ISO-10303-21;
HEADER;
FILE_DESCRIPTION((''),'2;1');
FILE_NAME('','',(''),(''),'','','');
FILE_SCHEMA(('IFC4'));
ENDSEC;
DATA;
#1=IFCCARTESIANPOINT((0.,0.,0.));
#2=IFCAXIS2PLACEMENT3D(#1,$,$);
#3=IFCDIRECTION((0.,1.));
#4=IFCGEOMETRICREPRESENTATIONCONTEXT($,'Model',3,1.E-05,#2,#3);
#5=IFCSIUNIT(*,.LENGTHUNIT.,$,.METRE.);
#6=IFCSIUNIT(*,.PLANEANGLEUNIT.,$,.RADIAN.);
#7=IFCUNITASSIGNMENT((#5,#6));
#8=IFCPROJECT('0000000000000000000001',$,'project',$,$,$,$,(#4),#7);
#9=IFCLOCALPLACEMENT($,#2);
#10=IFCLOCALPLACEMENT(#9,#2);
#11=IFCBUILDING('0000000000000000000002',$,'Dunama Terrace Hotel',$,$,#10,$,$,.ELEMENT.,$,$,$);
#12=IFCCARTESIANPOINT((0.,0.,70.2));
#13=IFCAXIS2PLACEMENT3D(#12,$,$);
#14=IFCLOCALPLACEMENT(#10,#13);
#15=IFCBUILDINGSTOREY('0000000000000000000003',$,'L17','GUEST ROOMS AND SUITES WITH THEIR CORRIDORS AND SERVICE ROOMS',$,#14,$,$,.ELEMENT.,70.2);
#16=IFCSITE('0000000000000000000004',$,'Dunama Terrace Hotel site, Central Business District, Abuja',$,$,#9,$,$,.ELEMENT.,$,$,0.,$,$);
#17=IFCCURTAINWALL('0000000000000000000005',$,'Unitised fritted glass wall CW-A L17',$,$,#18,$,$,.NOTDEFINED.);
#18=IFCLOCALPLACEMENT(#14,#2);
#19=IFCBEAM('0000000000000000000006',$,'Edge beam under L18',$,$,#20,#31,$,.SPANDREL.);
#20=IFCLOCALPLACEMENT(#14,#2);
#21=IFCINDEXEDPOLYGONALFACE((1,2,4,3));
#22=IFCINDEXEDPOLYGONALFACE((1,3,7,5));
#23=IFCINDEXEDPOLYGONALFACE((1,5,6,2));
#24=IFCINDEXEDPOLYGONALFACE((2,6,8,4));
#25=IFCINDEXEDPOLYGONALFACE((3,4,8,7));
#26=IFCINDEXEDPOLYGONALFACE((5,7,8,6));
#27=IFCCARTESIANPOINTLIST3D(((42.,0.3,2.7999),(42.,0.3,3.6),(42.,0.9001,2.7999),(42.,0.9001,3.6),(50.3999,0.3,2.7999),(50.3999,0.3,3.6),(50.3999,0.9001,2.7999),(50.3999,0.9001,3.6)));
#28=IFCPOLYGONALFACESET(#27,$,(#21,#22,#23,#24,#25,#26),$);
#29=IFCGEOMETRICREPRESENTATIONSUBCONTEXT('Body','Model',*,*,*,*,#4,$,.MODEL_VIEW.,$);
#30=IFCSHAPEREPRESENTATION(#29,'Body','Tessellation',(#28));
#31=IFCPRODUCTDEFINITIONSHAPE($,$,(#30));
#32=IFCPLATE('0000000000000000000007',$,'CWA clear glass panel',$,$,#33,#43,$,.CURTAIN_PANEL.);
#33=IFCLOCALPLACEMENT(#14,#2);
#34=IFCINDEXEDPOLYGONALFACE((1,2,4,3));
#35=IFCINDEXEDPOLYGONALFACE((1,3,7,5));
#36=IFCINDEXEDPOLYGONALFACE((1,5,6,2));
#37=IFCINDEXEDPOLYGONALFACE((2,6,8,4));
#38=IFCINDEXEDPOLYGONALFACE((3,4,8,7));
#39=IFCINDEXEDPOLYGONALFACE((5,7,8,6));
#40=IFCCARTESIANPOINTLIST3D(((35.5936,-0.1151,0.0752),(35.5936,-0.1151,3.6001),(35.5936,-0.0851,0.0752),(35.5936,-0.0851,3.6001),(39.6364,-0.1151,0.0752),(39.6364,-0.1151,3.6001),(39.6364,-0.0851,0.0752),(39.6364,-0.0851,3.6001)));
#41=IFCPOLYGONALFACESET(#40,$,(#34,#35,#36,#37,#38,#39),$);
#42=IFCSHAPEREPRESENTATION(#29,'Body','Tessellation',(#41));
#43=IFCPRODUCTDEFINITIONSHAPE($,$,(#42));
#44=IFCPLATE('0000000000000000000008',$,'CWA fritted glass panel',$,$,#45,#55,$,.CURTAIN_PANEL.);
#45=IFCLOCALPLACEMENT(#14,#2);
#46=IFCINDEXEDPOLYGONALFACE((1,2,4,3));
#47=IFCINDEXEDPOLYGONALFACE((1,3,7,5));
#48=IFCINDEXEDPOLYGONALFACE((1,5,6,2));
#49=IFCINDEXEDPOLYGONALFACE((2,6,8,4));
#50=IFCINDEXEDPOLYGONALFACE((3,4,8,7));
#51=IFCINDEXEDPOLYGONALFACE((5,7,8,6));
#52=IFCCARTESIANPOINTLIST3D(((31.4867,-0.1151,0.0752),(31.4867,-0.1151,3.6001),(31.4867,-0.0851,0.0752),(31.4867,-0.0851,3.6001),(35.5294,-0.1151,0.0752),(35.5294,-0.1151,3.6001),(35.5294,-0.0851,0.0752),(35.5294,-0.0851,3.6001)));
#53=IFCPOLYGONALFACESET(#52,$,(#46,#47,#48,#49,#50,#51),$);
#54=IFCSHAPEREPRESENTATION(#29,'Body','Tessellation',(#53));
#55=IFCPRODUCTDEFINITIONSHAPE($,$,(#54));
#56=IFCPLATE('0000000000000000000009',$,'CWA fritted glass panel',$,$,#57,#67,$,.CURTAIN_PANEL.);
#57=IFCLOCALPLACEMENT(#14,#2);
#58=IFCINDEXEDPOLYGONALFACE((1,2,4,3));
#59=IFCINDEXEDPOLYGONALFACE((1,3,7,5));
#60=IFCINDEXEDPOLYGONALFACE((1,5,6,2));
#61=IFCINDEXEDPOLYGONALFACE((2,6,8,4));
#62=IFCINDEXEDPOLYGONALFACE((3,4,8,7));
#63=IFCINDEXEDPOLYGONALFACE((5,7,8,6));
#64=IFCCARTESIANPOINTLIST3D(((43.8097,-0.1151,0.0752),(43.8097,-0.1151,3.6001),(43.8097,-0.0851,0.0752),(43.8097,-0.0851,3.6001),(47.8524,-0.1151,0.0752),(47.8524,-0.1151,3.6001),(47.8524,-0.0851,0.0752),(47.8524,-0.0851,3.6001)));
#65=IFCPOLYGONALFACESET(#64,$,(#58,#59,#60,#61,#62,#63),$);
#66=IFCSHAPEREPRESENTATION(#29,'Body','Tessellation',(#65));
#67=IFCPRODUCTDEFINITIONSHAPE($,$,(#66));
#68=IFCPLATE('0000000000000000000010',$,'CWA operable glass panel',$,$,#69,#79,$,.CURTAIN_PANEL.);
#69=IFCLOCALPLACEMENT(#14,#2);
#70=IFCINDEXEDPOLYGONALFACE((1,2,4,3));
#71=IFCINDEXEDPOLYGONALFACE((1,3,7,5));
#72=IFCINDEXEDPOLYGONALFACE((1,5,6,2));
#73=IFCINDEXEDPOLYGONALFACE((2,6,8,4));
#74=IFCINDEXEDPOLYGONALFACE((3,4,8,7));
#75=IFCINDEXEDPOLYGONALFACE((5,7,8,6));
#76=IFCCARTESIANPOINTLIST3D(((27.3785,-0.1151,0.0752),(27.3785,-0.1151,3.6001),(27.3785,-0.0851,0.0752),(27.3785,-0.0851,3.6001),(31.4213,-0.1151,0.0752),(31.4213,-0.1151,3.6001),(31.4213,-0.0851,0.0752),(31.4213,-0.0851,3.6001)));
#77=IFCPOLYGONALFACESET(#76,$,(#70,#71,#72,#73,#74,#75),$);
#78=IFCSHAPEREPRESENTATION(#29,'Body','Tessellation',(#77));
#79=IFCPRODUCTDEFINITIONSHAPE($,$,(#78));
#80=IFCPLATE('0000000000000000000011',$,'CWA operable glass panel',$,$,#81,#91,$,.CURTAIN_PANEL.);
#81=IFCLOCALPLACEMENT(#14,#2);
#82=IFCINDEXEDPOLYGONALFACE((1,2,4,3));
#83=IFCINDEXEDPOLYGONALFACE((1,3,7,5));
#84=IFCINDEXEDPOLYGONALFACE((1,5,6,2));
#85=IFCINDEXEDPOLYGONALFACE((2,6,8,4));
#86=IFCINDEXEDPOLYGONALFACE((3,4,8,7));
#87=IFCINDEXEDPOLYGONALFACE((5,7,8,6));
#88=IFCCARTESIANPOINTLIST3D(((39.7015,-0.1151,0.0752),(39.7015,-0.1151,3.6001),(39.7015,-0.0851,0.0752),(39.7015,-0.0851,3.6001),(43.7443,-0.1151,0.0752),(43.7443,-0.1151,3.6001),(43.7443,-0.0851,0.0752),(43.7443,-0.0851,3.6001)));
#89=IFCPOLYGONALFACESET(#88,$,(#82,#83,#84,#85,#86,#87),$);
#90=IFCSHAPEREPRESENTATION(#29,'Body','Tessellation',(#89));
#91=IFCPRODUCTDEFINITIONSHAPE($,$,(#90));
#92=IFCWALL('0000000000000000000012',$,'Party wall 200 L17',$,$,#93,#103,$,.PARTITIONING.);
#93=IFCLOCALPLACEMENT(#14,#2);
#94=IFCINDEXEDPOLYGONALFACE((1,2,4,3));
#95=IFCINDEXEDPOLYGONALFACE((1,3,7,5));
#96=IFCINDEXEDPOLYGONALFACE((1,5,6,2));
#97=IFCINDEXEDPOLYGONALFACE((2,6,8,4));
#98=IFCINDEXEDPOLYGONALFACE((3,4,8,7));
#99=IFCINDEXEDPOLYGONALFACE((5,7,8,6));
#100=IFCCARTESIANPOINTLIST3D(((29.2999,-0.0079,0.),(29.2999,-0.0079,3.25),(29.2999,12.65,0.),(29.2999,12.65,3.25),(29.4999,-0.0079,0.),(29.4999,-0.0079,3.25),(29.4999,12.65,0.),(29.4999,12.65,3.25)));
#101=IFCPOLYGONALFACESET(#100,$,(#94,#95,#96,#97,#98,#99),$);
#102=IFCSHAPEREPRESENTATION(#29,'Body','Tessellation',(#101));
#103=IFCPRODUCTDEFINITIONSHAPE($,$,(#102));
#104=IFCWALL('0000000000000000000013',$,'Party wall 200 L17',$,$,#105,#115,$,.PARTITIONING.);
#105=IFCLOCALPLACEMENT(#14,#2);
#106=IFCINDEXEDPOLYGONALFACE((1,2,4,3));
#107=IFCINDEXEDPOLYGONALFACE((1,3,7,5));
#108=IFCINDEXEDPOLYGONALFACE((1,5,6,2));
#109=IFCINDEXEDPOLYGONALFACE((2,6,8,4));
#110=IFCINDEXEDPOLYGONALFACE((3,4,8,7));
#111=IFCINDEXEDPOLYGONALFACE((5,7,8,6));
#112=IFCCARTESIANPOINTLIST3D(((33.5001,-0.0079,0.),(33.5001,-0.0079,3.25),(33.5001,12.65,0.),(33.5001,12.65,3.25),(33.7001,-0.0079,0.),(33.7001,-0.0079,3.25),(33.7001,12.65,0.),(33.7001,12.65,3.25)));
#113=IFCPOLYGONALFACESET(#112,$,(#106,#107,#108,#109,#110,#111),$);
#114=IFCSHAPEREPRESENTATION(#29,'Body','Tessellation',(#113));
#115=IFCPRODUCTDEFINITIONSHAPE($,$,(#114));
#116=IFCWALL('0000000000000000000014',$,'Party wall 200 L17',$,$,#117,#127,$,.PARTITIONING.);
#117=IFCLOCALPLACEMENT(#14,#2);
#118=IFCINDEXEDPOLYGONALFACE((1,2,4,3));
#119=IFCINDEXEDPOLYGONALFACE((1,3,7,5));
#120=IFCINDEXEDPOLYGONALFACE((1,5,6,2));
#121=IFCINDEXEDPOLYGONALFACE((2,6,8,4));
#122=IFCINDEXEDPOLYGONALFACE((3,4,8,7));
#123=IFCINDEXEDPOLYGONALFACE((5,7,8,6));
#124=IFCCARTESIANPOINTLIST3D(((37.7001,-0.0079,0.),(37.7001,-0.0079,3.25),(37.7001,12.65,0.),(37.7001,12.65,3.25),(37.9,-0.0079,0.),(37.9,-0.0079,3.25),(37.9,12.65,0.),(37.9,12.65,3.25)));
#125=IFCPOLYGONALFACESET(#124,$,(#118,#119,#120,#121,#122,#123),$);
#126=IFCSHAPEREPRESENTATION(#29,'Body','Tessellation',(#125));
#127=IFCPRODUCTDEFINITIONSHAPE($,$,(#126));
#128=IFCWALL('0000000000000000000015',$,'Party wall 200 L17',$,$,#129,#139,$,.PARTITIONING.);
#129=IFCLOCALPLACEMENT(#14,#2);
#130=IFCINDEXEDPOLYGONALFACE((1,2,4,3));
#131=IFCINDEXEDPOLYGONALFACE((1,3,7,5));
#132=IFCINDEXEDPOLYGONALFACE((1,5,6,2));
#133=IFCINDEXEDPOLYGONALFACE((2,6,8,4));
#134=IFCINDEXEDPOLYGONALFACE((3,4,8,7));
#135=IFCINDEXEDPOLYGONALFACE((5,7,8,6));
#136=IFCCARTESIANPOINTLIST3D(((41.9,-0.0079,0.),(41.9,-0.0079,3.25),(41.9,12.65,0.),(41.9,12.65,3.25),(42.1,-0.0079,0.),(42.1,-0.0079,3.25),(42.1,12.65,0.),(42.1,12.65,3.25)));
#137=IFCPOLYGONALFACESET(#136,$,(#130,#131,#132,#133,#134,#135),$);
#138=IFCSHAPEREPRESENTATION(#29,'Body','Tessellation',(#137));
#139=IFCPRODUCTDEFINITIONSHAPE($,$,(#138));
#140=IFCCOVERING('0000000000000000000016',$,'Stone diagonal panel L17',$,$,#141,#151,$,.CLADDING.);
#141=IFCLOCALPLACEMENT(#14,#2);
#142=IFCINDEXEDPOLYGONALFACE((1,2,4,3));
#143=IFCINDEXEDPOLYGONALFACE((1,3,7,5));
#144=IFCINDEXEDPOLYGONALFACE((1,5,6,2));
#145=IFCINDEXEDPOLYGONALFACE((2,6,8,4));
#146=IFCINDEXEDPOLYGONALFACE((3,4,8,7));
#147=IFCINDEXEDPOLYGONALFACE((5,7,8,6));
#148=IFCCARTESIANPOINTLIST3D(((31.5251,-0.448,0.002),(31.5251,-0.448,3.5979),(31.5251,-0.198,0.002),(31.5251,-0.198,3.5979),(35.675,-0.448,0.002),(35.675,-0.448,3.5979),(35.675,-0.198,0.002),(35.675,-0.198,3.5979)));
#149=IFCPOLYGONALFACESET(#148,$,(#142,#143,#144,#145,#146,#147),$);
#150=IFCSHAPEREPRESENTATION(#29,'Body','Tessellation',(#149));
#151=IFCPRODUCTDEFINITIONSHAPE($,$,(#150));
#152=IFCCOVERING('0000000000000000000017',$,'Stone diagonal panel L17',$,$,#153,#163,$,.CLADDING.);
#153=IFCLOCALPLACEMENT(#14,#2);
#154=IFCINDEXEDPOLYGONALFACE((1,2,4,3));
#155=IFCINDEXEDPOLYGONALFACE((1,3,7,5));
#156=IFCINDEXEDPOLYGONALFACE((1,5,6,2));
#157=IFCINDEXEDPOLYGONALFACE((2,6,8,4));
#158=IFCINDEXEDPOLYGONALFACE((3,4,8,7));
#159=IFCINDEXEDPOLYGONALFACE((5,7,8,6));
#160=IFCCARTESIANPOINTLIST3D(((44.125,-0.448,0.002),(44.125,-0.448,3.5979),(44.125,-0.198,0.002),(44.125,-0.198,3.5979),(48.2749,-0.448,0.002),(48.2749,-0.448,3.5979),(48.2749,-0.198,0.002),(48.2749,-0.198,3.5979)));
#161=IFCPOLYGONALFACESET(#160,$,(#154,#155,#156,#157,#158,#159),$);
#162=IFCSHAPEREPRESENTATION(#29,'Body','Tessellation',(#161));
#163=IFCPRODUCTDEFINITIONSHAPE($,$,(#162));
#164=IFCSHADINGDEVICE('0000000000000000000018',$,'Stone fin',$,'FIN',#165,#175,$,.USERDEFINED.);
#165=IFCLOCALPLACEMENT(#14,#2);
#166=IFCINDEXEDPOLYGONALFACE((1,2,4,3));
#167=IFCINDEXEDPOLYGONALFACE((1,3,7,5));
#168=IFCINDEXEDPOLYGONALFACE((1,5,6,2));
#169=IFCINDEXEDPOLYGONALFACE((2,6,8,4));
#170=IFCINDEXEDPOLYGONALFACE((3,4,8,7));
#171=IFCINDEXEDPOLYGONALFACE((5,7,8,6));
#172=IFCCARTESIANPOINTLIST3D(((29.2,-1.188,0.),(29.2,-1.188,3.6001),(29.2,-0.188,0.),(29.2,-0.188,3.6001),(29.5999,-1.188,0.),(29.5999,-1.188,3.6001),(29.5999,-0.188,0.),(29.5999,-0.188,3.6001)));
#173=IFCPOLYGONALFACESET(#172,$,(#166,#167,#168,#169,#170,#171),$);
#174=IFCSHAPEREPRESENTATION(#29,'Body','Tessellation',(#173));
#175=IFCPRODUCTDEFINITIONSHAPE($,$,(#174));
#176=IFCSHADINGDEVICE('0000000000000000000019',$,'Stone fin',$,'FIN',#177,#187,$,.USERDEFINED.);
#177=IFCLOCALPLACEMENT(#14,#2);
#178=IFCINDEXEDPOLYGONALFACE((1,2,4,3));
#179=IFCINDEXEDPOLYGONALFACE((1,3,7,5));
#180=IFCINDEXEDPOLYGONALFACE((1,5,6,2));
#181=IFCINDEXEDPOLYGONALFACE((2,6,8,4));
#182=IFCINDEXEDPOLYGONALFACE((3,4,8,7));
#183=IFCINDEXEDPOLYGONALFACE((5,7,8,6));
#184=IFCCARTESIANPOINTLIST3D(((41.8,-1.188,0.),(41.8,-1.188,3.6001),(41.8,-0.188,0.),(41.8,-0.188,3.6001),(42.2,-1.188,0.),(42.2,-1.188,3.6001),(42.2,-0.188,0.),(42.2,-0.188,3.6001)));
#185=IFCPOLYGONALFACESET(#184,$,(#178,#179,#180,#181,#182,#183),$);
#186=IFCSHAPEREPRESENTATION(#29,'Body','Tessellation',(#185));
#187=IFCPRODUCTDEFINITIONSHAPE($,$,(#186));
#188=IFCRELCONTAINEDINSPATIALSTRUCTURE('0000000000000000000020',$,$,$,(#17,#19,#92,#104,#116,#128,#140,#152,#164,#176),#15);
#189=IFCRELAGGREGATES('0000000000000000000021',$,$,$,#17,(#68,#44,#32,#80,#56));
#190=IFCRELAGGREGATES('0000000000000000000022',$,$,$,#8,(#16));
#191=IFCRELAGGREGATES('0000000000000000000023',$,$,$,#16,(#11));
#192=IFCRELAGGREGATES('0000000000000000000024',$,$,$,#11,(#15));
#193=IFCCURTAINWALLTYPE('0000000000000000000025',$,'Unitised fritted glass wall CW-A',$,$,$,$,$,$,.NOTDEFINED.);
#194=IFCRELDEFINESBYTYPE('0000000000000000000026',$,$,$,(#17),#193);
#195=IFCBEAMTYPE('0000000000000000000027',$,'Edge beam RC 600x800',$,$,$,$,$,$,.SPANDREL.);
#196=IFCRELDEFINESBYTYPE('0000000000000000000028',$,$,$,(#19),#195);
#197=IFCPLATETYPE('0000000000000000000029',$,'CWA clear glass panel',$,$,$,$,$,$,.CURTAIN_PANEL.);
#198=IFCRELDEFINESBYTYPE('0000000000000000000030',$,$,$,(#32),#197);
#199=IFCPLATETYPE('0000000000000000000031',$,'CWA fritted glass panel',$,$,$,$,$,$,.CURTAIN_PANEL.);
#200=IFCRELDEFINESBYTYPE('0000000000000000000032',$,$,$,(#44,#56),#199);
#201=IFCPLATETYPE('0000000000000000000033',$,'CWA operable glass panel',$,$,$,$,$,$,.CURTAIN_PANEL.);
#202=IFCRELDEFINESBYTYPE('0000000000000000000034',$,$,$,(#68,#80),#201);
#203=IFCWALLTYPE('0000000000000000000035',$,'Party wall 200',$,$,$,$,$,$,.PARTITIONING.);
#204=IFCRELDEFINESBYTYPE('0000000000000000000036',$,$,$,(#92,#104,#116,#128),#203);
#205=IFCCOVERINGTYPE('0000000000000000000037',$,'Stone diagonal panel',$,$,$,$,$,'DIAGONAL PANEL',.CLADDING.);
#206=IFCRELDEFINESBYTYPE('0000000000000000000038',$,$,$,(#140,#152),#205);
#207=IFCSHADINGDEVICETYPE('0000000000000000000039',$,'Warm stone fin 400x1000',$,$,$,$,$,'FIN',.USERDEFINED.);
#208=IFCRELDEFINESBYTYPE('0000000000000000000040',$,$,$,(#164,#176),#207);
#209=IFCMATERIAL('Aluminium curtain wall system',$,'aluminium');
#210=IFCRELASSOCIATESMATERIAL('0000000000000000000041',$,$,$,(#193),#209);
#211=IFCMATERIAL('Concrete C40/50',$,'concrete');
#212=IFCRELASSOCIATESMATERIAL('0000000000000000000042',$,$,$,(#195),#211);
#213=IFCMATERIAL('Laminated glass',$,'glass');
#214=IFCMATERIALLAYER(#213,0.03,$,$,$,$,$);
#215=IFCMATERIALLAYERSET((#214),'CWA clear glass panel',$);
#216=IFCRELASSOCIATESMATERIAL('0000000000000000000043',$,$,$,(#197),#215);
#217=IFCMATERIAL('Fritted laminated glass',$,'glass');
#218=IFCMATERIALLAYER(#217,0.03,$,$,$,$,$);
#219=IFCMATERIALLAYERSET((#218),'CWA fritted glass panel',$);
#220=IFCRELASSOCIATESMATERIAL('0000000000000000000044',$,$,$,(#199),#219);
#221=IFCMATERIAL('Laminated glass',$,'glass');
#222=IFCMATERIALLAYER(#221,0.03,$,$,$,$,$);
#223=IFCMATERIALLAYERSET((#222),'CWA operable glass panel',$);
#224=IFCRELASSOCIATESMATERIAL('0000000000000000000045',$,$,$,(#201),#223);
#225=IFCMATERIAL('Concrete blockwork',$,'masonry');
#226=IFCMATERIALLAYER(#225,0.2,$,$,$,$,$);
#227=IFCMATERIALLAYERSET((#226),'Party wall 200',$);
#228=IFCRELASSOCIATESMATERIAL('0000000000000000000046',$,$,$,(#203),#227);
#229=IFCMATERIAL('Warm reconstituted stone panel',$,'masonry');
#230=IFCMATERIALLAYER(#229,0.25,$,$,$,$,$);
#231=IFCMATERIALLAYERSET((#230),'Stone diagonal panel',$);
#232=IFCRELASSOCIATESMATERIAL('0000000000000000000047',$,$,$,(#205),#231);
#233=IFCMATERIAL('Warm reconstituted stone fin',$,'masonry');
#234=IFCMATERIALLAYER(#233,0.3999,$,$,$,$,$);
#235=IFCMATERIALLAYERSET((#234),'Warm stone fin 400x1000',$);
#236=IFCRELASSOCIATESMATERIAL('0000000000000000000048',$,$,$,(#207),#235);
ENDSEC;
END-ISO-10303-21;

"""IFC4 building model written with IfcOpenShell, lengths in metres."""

from ifc_helpers import new_model, si_unit, direction, frame, frame_2d, origin, origin_2d, place, context, subcontext, project, spatial, rectangle, extrude, material, layer, layer_set, material_profile, profile_set, type_object, element, aggregate, save


model = new_model("IFC4")

# Units and contexts
model_context = context("Model", 3, precision=1e-05, world=origin(), true_north=direction((0.0, 1.0)))
body_context = subcontext(model_context, "Body", "Model", "MODEL_VIEW")
ifc_project = project(units=[si_unit("LENGTHUNIT", "METRE"), si_unit("PLANEANGLEUNIT", "RADIAN")], contexts=[model_context])

# Site, building, storey
site_placement = place(None, origin())
site = spatial("IfcSite", under=ifc_project, at=site_placement, Name="Dunama Terrace Hotel site, Central Business District, Abuja", CompositionType="ELEMENT", RefElevation=0.0)
building_placement = place(site_placement, origin())
building = spatial("IfcBuilding", under=site, at=building_placement, Name="Dunama Terrace Hotel", CompositionType="ELEMENT")
storey_placement = place(building_placement, frame((0.0, 0.0, 70.2)))
storey = spatial("IfcBuildingStorey", under=building, at=storey_placement, Name="L17", Description="GUEST ROOMS AND SUITES WITH THEIR CORRIDORS AND SERVICE ROOMS", CompositionType="ELEMENT", Elevation=70.2)

# Curtain wall
ifc_material_1 = material(Name="Aluminium curtain wall system", Category="aluminium")
curtain_wall_type = type_object("IfcCurtainWallType", Name="Unitised fritted glass wall CW-A", PredefinedType="NOTDEFINED", material=ifc_material_1)
curtain_wall_placement = place(storey_placement, origin())
curtain_wall = element("IfcCurtainWall", 1, at=curtain_wall_placement, inside=storey, type_object=curtain_wall_type, Name="Unitised fritted glass wall CW-A L17", PredefinedType="NOTDEFINED")

# Beam
ifc_material_2 = material(Name="Concrete C40/50", Category="concrete")
ifc_material_profile_1 = material_profile(ifc_material_2, rectangle(XDim=0.6001, YDim=0.8, at=origin_2d()), Name="RC 600x800")
ifc_profile_set_1 = profile_set([ifc_material_profile_1], Name="Concrete C40/50")
beam_type = type_object("IfcBeamType", Name="Edge beam RC 600x800", PredefinedType="SPANDREL", material=ifc_profile_set_1)
for number, where, z_axis, x_axis, name in (
    (2, (42.0, 0.6001, 3.2), (1.0, 0.0, 0.0), (0.0, 1.0, 0.0), "Edge beam under L18"),
):
    element("IfcBeam", number, at=place(storey_placement, frame(where, z_axis=z_axis, x_axis=x_axis)), inside=storey, type_object=beam_type, Name=name, PredefinedType="SPANDREL", context=body_context, shape_type="SweptSolid", body=[
        extrude(rectangle(XDim=0.6001, YDim=0.8, at=origin_2d()), origin(), (0.0, 0.0, 1.0), 8.3999),
    ])

# Plates
ifc_material_3 = material(Name="Laminated glass", Category="glass")
ifc_layer_1 = layer(ifc_material_3, 0.03)
ifc_layer_set_1 = layer_set([ifc_layer_1], Name="CWA clear glass panel")
plate_type_1 = type_object("IfcPlateType", Name="CWA clear glass panel", PredefinedType="CURTAIN_PANEL", material=ifc_layer_set_1)
plate_1_placement = place(storey_placement, frame((37.615, -0.1001, 0.0752), z_axis=(0.0, 0.0, 1.0), x_axis=(1.0, 0.0, 0.0)))
plate_1 = element("IfcPlate", 3, at=plate_1_placement, type_object=plate_type_1, Name="CWA clear glass panel", PredefinedType="CURTAIN_PANEL", context=body_context, shape_type="SweptSolid", body=[
    extrude(rectangle(XDim=4.0427, YDim=0.03, at=origin_2d()), origin(), (0.0, 0.0, 1.0), 3.5249),
])
ifc_material_4 = material(Name="Fritted laminated glass", Category="glass")
ifc_layer_2 = layer(ifc_material_4, 0.03)
ifc_layer_set_2 = layer_set([ifc_layer_2], Name="CWA fritted glass panel")
plate_type_2 = type_object("IfcPlateType", Name="CWA fritted glass panel", PredefinedType="CURTAIN_PANEL", material=ifc_layer_set_2)
plate_2_placement = place(storey_placement, frame((33.5081, -0.1001, 0.0752), z_axis=(0.0, 0.0, 1.0), x_axis=(1.0, 0.0, 0.0)))
plate_2 = element("IfcPlate", 4, at=plate_2_placement, type_object=plate_type_2, Name="CWA fritted glass panel", PredefinedType="CURTAIN_PANEL", context=body_context, shape_type="SweptSolid", body=[
    extrude(rectangle(XDim=4.0427, YDim=0.03, at=origin_2d()), origin(), (0.0, 0.0, 1.0), 3.5249),
])
plate_3_placement = place(storey_placement, frame((45.8311, -0.1001, 0.0752), z_axis=(0.0, 0.0, 1.0), x_axis=(1.0, 0.0, 0.0)))
plate_3 = element("IfcPlate", 5, at=plate_3_placement, type_object=plate_type_2, Name="CWA fritted glass panel", PredefinedType="CURTAIN_PANEL", context=body_context, shape_type="SweptSolid", body=[
    extrude(rectangle(XDim=4.0427, YDim=0.03, at=origin_2d()), origin(), (0.0, 0.0, 1.0), 3.5249),
])
ifc_material_5 = material(Name="Laminated glass", Category="glass")
ifc_layer_3 = layer(ifc_material_5, 0.03)
ifc_layer_set_3 = layer_set([ifc_layer_3], Name="CWA operable glass panel")
plate_type_3 = type_object("IfcPlateType", Name="CWA operable glass panel", PredefinedType="CURTAIN_PANEL", material=ifc_layer_set_3)
plate_4_placement = place(storey_placement, frame((29.3999, -0.1001, 0.0752), z_axis=(0.0, 0.0, 1.0), x_axis=(1.0, 0.0, 0.0)))
plate_4 = element("IfcPlate", 6, at=plate_4_placement, type_object=plate_type_3, Name="CWA operable glass panel", PredefinedType="CURTAIN_PANEL", context=body_context, shape_type="SweptSolid", body=[
    extrude(rectangle(XDim=4.0427, YDim=0.03, at=origin_2d()), origin(), (0.0, 0.0, 1.0), 3.5249),
])
plate_5_placement = place(storey_placement, frame((41.7229, -0.1001, 0.0752), z_axis=(0.0, 0.0, 1.0), x_axis=(1.0, 0.0, 0.0)))
plate_5 = element("IfcPlate", 7, at=plate_5_placement, type_object=plate_type_3, Name="CWA operable glass panel", PredefinedType="CURTAIN_PANEL", context=body_context, shape_type="SweptSolid", body=[
    extrude(rectangle(XDim=4.0427, YDim=0.03, at=origin_2d()), origin(), (0.0, 0.0, 1.0), 3.5249),
])
aggregate(curtain_wall, [plate_4, plate_2, plate_1, plate_5, plate_3])

# Walls
ifc_material_6 = material(Name="Concrete blockwork", Category="masonry")
ifc_layer_4 = layer(ifc_material_6, 0.2)
ifc_layer_set_4 = layer_set([ifc_layer_4], Name="Party wall 200")
wall_type = type_object("IfcWallType", Name="Party wall 200", PredefinedType="PARTITIONING", material=ifc_layer_set_4)
for number, where, z_axis, x_axis, name in (
    (8, (29.3999, -0.0081, 0.0), (0.0, 0.0, 1.0), (0.0, 1.0, 0.0), "Party wall 200 L17"),
    (9, (33.6001, -0.0081, 0.0), (0.0, 0.0, 1.0), (0.0, 1.0, 0.0), "Party wall 200 L17"),
    (10, (37.8, -0.0081, 0.0), (0.0, 0.0, 1.0), (0.0, 1.0, 0.0), "Party wall 200 L17"),
    (11, (42.0, -0.0081, 0.0), (0.0, 0.0, 1.0), (0.0, 1.0, 0.0), "Party wall 200 L17"),
):
    element("IfcWall", number, at=place(storey_placement, frame(where, z_axis=z_axis, x_axis=x_axis)), inside=storey, type_object=wall_type, Name=name, PredefinedType="PARTITIONING", context=body_context, shape_type="SweptSolid", body=[
        extrude(rectangle(XDim=12.658, YDim=0.2, at=frame_2d((6.3291, 0.0))), origin(), (0.0, 0.0, 1.0), 3.25),
    ])

# Coverings
ifc_material_7 = material(Name="Warm reconstituted stone panel", Category="masonry")
ifc_layer_5 = layer(ifc_material_7, 0.25)
ifc_layer_set_5 = layer_set([ifc_layer_5], Name="Stone diagonal panel")
covering_type = type_object("IfcCoveringType", Name="Stone diagonal panel", ElementType="DIAGONAL PANEL", PredefinedType="CLADDING", material=ifc_layer_set_5)
for number, where, z_axis, x_axis, name in (
    (12, (33.6001, -0.323, 0.002), (0.0, 0.0, 1.0), (1.0, 0.0, 0.0), "Stone diagonal panel L17"),
    (13, (46.2, -0.323, 0.002), (0.0, 0.0, 1.0), (1.0, 0.0, 0.0), "Stone diagonal panel L17"),
):
    element("IfcCovering", number, at=place(storey_placement, frame(where, z_axis=z_axis, x_axis=x_axis)), inside=storey, type_object=covering_type, Name=name, PredefinedType="CLADDING", context=body_context, shape_type="SweptSolid", body=[
        extrude(rectangle(XDim=4.1499, YDim=0.25, at=origin_2d()), origin(), (0.0, 0.0, 1.0), 3.5959),
    ])

# Shading devices
ifc_material_8 = material(Name="Warm reconstituted stone fin", Category="masonry")
ifc_layer_6 = layer(ifc_material_8, 0.3999)
ifc_layer_set_6 = layer_set([ifc_layer_6], Name="Warm stone fin 400x1000")
shading_device_type = type_object("IfcShadingDeviceType", Name="Warm stone fin 400x1000", ElementType="FIN", PredefinedType="USERDEFINED", material=ifc_layer_set_6)
for number, where, z_axis, x_axis, name in (
    (14, (29.3999, -0.688, 0.0), (0.0, 0.0, 1.0), (1.0, 0.0, 0.0), "Stone fin"),
    (15, (42.0, -0.688, 0.0), (0.0, 0.0, 1.0), (1.0, 0.0, 0.0), "Stone fin"),
):
    element("IfcShadingDevice", number, at=place(storey_placement, frame(where, z_axis=z_axis, x_axis=x_axis)), inside=storey, type_object=shading_device_type, Name=name, ObjectType="FIN", PredefinedType="USERDEFINED", context=body_context, shape_type="SweptSolid", body=[
        extrude(rectangle(XDim=0.3999, YDim=1.0, at=origin_2d()), origin(), (0.0, 0.0, 1.0), 3.6001),
    ])

save(model, "model.ifc")
